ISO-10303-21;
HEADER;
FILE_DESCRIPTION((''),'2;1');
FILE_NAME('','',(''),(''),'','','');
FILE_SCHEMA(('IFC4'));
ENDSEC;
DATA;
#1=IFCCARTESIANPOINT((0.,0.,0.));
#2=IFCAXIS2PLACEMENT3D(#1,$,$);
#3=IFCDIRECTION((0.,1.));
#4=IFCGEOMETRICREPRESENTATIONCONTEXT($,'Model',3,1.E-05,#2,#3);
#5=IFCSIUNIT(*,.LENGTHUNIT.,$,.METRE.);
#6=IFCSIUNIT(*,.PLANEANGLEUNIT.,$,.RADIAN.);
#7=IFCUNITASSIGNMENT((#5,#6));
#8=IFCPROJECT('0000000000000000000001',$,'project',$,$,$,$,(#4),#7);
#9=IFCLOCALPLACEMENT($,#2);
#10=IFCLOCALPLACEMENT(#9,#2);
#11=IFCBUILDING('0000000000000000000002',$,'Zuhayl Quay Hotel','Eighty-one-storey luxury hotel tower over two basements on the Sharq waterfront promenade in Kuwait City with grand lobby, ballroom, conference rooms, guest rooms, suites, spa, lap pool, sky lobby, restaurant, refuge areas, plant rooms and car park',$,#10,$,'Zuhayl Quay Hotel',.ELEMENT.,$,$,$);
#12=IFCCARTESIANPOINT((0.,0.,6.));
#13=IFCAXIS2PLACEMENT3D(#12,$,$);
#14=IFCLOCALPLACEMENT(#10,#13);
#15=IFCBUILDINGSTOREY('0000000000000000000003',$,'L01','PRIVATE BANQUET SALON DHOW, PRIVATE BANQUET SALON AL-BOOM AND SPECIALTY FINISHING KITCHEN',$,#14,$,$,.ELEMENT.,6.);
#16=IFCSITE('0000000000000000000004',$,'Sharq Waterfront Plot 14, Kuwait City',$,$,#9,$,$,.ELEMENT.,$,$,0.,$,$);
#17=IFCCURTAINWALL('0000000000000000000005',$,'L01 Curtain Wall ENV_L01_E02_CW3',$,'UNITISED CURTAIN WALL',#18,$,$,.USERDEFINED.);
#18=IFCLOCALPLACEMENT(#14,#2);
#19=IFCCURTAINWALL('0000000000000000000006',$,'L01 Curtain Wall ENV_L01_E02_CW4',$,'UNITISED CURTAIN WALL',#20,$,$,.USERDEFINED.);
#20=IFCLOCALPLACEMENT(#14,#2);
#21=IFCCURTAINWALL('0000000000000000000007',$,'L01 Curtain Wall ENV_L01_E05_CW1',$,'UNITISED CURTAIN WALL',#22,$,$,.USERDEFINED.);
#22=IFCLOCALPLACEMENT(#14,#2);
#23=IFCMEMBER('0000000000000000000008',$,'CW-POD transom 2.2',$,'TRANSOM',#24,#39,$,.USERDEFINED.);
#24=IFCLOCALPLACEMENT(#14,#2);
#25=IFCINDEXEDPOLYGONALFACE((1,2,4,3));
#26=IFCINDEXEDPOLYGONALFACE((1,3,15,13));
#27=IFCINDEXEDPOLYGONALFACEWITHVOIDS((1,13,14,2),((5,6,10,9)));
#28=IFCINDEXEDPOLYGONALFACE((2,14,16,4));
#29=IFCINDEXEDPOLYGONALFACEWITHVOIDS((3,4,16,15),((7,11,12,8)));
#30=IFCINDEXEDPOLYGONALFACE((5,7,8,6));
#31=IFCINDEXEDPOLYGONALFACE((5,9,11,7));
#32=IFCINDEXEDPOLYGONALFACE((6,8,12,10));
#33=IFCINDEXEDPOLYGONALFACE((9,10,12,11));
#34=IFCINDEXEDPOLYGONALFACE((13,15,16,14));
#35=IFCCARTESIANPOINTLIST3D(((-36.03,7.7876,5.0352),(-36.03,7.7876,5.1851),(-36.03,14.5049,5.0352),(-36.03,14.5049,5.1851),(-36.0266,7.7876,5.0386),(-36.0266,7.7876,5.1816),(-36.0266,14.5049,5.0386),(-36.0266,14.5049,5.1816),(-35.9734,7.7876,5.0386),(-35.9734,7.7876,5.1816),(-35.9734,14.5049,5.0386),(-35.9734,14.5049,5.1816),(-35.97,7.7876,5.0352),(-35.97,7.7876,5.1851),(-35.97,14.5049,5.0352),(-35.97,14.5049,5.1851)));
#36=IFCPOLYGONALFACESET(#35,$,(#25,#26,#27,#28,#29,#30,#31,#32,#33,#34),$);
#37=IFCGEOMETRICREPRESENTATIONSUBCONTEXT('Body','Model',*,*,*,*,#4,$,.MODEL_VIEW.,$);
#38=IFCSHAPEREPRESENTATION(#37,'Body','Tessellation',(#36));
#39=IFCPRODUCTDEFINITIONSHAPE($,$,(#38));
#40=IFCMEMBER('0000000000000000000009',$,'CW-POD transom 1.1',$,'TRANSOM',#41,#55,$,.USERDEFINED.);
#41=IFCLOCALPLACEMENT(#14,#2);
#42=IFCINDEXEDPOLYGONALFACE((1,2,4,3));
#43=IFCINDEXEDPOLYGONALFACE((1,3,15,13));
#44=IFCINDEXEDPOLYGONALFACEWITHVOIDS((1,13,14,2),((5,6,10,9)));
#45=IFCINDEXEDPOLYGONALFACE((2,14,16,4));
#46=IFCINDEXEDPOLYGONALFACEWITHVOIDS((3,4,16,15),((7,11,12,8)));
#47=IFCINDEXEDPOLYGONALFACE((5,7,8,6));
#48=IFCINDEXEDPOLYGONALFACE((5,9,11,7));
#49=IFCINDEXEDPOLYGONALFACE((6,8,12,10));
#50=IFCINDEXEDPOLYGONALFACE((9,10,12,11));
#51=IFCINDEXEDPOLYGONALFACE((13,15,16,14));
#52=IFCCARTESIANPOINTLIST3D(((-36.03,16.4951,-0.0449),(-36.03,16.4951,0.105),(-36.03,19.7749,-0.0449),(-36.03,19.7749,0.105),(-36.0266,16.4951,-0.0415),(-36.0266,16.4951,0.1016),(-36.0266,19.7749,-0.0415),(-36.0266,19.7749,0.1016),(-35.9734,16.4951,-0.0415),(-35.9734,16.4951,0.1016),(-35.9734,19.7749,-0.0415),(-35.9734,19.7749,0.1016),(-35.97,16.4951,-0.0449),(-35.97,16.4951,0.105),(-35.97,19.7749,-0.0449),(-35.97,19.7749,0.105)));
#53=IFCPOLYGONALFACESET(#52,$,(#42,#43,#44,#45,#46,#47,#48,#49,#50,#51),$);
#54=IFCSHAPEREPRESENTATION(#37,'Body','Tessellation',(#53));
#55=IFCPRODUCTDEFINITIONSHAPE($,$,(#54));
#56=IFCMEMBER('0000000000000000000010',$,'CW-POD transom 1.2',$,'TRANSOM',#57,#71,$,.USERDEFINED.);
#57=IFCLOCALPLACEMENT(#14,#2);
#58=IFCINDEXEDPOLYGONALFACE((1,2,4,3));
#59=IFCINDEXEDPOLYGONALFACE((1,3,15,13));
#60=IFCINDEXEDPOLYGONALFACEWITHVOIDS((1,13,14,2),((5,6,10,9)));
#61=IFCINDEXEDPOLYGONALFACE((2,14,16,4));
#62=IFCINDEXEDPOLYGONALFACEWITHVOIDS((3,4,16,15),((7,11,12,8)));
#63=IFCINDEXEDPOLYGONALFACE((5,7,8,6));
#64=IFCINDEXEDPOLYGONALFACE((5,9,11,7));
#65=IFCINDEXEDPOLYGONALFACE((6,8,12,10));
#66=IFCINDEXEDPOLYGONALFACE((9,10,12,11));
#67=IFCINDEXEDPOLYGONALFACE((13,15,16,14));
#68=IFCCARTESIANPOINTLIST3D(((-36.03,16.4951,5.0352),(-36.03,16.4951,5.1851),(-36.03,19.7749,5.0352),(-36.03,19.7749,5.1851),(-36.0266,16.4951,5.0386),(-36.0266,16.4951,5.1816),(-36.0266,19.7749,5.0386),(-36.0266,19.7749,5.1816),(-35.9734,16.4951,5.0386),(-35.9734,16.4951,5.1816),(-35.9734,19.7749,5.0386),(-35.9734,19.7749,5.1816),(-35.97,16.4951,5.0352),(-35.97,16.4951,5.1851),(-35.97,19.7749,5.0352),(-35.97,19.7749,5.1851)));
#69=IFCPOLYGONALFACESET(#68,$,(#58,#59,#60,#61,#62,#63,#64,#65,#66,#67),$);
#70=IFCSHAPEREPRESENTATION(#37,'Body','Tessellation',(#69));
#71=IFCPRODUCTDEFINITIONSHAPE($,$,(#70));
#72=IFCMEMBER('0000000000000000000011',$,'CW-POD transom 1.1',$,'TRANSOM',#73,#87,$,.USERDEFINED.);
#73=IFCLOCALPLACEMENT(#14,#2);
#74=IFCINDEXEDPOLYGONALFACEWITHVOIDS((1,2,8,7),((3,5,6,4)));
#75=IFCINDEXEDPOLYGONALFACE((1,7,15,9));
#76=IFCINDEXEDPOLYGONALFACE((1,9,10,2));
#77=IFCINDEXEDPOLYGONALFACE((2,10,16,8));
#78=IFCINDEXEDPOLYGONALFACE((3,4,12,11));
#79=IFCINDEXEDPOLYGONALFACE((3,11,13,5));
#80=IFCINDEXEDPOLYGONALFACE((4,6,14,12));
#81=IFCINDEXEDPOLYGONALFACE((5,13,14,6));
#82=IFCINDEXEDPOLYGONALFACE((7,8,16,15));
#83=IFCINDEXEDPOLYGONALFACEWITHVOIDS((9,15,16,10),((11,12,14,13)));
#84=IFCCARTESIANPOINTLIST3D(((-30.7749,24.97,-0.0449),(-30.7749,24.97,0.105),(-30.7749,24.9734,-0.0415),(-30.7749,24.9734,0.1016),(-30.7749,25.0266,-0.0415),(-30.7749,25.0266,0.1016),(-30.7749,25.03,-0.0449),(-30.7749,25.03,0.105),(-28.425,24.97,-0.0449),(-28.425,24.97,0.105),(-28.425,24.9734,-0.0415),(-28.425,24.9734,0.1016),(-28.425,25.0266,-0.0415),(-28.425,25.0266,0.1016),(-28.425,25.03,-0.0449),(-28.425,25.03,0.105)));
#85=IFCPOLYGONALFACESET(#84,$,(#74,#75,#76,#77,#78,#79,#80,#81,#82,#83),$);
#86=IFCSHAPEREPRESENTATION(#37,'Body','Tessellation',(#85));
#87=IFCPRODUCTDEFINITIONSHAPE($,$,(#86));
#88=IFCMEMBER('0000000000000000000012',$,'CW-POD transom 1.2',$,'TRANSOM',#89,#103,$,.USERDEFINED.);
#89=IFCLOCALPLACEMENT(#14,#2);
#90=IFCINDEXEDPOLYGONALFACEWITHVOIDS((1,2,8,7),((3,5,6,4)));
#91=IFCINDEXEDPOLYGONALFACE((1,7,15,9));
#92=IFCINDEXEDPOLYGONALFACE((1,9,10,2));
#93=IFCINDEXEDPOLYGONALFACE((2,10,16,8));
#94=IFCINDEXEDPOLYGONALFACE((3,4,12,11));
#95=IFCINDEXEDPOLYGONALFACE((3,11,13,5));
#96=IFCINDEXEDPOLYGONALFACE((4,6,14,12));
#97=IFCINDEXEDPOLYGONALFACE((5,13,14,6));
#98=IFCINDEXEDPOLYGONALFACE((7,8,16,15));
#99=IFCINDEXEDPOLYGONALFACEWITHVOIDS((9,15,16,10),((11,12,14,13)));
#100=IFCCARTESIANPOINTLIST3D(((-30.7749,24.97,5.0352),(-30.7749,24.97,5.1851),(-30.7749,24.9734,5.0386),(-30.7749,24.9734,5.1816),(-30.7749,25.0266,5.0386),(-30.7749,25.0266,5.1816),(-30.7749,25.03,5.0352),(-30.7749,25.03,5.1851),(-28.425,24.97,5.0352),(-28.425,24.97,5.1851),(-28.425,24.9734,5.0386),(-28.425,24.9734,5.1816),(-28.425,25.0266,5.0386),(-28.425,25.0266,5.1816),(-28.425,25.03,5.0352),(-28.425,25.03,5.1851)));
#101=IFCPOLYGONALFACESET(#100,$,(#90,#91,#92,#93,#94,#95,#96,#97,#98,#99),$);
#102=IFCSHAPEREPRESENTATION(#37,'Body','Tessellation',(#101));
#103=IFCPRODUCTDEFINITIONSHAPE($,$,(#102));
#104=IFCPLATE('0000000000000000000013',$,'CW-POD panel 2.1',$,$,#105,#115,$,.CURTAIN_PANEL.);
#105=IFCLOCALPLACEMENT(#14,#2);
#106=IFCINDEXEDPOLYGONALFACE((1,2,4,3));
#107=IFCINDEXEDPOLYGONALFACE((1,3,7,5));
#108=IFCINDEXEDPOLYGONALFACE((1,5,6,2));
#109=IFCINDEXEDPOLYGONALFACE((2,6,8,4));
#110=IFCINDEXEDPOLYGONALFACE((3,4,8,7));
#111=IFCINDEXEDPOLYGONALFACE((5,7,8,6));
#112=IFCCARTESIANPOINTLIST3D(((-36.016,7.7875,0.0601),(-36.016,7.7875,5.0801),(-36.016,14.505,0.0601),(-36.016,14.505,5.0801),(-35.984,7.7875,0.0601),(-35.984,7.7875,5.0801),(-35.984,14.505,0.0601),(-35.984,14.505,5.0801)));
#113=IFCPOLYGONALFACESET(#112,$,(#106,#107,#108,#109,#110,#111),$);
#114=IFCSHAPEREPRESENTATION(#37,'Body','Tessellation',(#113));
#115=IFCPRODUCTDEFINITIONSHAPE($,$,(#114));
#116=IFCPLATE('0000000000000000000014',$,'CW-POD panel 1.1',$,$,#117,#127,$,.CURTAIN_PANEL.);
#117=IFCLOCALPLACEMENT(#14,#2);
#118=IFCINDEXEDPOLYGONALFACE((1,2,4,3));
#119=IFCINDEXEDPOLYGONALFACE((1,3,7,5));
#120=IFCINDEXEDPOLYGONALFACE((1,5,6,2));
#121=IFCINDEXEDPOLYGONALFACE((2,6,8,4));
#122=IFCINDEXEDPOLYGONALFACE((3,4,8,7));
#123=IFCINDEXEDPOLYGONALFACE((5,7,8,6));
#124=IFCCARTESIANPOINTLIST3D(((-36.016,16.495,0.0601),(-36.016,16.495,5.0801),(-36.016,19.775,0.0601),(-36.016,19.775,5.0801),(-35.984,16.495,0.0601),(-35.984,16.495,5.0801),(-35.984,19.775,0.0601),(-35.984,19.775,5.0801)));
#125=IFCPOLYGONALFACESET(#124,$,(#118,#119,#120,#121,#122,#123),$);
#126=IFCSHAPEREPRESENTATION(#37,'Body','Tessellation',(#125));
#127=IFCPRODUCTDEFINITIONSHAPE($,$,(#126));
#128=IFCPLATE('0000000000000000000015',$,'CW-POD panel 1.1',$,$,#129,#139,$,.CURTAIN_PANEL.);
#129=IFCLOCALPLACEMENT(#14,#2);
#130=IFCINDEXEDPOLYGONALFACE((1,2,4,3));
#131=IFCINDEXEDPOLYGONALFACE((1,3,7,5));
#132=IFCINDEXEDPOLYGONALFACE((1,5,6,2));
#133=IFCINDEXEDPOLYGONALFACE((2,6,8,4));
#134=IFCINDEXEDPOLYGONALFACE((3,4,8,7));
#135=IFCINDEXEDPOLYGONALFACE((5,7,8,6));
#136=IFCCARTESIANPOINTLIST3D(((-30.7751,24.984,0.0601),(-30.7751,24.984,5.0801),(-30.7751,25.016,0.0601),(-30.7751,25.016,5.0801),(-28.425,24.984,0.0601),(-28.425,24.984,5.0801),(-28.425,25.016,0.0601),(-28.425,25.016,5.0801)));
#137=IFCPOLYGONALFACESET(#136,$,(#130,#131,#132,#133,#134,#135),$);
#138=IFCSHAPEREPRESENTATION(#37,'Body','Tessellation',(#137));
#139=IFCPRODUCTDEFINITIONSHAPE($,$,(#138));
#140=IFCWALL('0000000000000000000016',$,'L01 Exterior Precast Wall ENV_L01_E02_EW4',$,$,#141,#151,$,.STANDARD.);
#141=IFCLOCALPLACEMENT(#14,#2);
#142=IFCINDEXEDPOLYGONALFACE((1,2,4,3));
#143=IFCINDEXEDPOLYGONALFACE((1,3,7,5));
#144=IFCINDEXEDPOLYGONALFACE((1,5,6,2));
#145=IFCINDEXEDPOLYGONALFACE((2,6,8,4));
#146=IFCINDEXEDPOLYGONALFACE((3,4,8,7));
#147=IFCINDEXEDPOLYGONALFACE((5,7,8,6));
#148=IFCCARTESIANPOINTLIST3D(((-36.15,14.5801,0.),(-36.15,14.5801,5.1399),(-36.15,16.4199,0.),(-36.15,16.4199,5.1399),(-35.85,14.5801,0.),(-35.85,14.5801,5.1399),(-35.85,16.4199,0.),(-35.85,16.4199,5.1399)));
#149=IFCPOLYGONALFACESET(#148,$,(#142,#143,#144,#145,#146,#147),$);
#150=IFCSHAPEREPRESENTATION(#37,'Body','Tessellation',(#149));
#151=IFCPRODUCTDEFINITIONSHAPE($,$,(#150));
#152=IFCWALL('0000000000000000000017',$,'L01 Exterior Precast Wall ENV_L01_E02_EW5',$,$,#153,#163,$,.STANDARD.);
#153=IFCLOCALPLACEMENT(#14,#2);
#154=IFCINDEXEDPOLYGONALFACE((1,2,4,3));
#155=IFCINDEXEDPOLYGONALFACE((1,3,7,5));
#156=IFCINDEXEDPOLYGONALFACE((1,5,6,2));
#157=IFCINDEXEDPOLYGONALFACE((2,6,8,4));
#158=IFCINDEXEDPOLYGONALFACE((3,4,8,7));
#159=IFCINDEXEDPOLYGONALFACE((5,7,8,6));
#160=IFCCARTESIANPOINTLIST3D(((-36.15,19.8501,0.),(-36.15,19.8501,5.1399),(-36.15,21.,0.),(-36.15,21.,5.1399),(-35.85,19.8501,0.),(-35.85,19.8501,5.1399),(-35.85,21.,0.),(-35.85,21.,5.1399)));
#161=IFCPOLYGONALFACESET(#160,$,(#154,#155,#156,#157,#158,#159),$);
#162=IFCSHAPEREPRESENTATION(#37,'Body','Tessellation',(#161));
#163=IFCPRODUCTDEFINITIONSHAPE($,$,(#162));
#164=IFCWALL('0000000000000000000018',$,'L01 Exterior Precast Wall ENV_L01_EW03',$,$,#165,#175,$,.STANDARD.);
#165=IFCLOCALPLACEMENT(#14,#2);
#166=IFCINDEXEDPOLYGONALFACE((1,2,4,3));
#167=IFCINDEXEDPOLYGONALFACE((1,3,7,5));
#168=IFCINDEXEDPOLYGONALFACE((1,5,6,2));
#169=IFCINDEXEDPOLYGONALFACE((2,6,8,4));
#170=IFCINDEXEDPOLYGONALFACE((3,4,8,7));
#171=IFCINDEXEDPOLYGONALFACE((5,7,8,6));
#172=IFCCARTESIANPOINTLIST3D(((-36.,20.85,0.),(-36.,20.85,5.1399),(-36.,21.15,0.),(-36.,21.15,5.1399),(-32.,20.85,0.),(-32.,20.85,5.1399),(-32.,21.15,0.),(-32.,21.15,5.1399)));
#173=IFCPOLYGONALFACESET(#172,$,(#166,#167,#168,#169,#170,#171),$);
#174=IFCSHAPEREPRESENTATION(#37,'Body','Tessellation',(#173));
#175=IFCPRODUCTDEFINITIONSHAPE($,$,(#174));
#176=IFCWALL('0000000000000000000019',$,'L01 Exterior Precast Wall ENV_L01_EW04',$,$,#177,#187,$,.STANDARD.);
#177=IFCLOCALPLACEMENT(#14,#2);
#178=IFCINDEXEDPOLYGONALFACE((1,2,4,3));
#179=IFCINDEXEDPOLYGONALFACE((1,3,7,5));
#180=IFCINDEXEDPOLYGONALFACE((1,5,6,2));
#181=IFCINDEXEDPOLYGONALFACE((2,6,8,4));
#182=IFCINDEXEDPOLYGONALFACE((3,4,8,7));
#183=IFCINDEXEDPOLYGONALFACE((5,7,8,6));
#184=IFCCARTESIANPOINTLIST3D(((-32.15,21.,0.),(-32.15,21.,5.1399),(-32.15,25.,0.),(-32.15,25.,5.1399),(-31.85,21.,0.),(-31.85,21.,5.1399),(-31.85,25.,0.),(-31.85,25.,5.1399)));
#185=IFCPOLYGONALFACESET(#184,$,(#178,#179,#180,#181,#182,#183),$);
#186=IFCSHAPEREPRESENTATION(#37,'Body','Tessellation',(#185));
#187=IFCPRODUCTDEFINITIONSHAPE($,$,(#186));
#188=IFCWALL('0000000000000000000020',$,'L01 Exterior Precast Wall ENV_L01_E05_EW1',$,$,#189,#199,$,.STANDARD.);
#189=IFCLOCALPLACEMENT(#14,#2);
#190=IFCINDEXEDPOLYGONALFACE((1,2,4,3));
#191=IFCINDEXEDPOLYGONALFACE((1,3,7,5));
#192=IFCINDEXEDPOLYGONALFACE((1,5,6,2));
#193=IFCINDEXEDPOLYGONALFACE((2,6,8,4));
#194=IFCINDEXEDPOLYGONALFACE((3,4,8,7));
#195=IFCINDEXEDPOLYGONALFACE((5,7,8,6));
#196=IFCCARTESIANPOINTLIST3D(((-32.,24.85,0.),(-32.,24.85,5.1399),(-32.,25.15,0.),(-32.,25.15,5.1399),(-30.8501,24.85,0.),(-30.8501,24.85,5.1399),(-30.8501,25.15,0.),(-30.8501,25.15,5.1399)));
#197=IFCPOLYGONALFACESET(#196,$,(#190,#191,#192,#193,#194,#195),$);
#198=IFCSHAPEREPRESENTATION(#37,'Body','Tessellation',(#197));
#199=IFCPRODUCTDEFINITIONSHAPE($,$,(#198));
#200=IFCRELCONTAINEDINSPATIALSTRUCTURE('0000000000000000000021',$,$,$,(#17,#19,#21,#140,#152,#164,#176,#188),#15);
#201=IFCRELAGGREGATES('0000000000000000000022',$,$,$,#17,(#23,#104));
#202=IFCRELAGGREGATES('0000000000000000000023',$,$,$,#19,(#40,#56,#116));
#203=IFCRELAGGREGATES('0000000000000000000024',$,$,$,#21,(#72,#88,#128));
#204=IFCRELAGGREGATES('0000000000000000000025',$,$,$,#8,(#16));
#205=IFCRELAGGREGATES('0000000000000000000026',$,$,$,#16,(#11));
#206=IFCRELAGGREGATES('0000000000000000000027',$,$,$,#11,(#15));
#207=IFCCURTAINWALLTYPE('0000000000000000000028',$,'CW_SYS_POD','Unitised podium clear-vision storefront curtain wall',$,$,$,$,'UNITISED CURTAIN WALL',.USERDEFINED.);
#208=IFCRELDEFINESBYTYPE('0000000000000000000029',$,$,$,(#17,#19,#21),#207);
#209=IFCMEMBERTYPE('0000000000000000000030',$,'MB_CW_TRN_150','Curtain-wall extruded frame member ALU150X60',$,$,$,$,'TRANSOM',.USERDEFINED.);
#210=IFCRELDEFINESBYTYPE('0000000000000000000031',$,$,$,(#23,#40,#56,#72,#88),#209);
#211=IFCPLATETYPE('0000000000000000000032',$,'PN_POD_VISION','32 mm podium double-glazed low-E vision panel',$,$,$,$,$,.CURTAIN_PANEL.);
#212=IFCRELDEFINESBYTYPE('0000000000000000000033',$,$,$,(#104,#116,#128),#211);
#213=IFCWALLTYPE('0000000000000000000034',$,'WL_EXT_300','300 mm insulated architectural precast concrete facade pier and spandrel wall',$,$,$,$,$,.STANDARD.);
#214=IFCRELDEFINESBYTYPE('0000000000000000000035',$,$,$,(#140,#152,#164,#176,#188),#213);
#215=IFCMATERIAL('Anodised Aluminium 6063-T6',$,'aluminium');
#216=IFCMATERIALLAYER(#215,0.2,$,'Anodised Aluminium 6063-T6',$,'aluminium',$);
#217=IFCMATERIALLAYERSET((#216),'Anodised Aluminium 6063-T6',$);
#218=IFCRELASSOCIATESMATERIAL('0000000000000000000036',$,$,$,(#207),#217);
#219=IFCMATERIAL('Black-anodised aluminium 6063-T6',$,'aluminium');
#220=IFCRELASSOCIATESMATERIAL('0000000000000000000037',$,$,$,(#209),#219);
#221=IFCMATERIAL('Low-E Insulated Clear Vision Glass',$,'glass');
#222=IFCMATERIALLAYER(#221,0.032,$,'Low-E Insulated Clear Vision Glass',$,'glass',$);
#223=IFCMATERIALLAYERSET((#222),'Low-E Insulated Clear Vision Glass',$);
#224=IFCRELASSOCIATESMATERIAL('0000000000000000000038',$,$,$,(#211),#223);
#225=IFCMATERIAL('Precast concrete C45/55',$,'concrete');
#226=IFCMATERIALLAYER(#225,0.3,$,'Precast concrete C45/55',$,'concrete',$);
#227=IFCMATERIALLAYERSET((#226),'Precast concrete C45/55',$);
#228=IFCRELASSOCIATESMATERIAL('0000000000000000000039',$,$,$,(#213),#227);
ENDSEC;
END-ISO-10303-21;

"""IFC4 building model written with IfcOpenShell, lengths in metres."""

from ifc_helpers import new_model, si_unit, direction, frame, frame_2d, origin, origin_2d, place, context, subcontext, project, spatial, rectangle, hollow_rectangle, extrude, material, layer, layer_set, material_profile, profile_set, type_object, element, aggregate, save


model = new_model("IFC4")

# Units and contexts
model_context = context("Model", 3, precision=1e-05, world=origin(), true_north=direction((0.0, 1.0)))
body_context = subcontext(model_context, "Body", "Model", "MODEL_VIEW")
ifc_project = project(units=[si_unit("LENGTHUNIT", "METRE"), si_unit("PLANEANGLEUNIT", "RADIAN")], contexts=[model_context])

# Site, building, storey
site_placement = place(None, origin())
site = spatial("IfcSite", under=ifc_project, at=site_placement, Name="Sharq Waterfront Plot 14, Kuwait City", CompositionType="ELEMENT", RefElevation=0.0)
building_placement = place(site_placement, origin())
building = spatial("IfcBuilding", under=site, at=building_placement, Name="Zuhayl Quay Hotel", Description="Eighty-one-storey luxury hotel tower over two basements on the Sharq waterfront promenade in Kuwait City with grand lobby, ballroom, conference rooms, guest rooms, suites, spa, lap pool, sky lobby, restaurant, refuge areas, plant rooms and car park", LongName="Zuhayl Quay Hotel", CompositionType="ELEMENT")
storey_placement = place(building_placement, frame((0.0, 0.0, 6.0)))
storey = spatial("IfcBuildingStorey", under=building, at=storey_placement, Name="L01", Description="PRIVATE BANQUET SALON DHOW, PRIVATE BANQUET SALON AL-BOOM AND SPECIALTY FINISHING KITCHEN", CompositionType="ELEMENT", Elevation=6.0)

# Curtain walls
ifc_material_1 = material(Name="Anodised Aluminium 6063-T6", Category="aluminium")
ifc_layer_1 = layer(ifc_material_1, 0.2, Name="Anodised Aluminium 6063-T6", Category="aluminium")
ifc_layer_set_1 = layer_set([ifc_layer_1], Name="Anodised Aluminium 6063-T6")
curtain_wall_type = type_object("IfcCurtainWallType", Name="CW_SYS_POD", Description="Unitised podium clear-vision storefront curtain wall", ElementType="UNITISED CURTAIN WALL", PredefinedType="USERDEFINED", material=ifc_layer_set_1)
curtain_wall_1_placement = place(storey_placement, origin())
curtain_wall_1 = element("IfcCurtainWall", 1, at=curtain_wall_1_placement, inside=storey, type_object=curtain_wall_type, Name="L01 Curtain Wall ENV_L01_E02_CW3", ObjectType="UNITISED CURTAIN WALL", PredefinedType="USERDEFINED")
ifc_material_2 = material(Name="Black-anodised aluminium 6063-T6", Category="aluminium")
curtain_wall_2_placement = place(storey_placement, origin())
curtain_wall_2 = element("IfcCurtainWall", 2, at=curtain_wall_2_placement, inside=storey, type_object=curtain_wall_type, Name="L01 Curtain Wall ENV_L01_E02_CW4", ObjectType="UNITISED CURTAIN WALL", PredefinedType="USERDEFINED")

# Curtain wall
curtain_wall_3_placement = place(storey_placement, origin())
curtain_wall_3 = element("IfcCurtainWall", 3, at=curtain_wall_3_placement, inside=storey, type_object=curtain_wall_type, Name="L01 Curtain Wall ENV_L01_E05_CW1", ObjectType="UNITISED CURTAIN WALL", PredefinedType="USERDEFINED")

# Members
ifc_material_profile_1 = material_profile(ifc_material_2, hollow_rectangle(XDim=0.0601, YDim=0.1499, WallThickness=0.0034, at=origin_2d()), Name="ALU150X60")
ifc_profile_set_1 = profile_set([ifc_material_profile_1], Name="Black-anodised aluminium 6063-T6")
member_type_1 = type_object("IfcMemberType", Name="MB_CW_TRN_150", Description="Curtain-wall extruded frame member ALU150X60", ElementType="TRANSOM", PredefinedType="USERDEFINED", material=ifc_profile_set_1)
member_1_placement = place(storey_placement, frame((-36.0, 7.7876, 5.1101), z_axis=(0.0, 1.0, 0.0), x_axis=(-1.0, 0.0, 0.0)))
member_1 = element("IfcMember", 4, at=member_1_placement, type_object=member_type_1, Name="CW-POD transom 2.2", ObjectType="TRANSOM", PredefinedType="USERDEFINED", context=body_context, shape_type="SweptSolid", body=[
    extrude(hollow_rectangle(XDim=0.0601, YDim=0.1499, WallThickness=0.0034, at=origin_2d()), origin(), (0.0, 0.0, 1.0), 6.7173),
])
member_2_placement = place(storey_placement, frame((-36.0, 16.4951, 0.03), z_axis=(0.0, 1.0, 0.0), x_axis=(-1.0, 0.0, 0.0)))
member_2 = element("IfcMember", 5, at=member_2_placement, type_object=member_type_1, Name="CW-POD transom 1.1", ObjectType="TRANSOM", PredefinedType="USERDEFINED", context=body_context, shape_type="SweptSolid", body=[
    extrude(hollow_rectangle(XDim=0.0601, YDim=0.1499, WallThickness=0.0034, at=origin_2d()), origin(), (0.0, 0.0, 1.0), 3.2798),
])
member_3_placement = place(storey_placement, frame((-36.0, 16.4951, 5.1101), z_axis=(0.0, 1.0, 0.0), x_axis=(-1.0, 0.0, 0.0)))
member_3 = element("IfcMember", 6, at=member_3_placement, type_object=member_type_1, Name="CW-POD transom 1.2", ObjectType="TRANSOM", PredefinedType="USERDEFINED", context=body_context, shape_type="SweptSolid", body=[
    extrude(hollow_rectangle(XDim=0.0601, YDim=0.1499, WallThickness=0.0034, at=origin_2d()), origin(), (0.0, 0.0, 1.0), 3.2798),
])
member_4_placement = place(storey_placement, frame((-30.7749, 25.0, 0.03), z_axis=(1.0, 0.0, 0.0), x_axis=(0.0, 1.0, 0.0)))
member_4 = element("IfcMember", 7, at=member_4_placement, type_object=member_type_1, Name="CW-POD transom 1.1", ObjectType="TRANSOM", PredefinedType="USERDEFINED", context=body_context, shape_type="SweptSolid", body=[
    extrude(hollow_rectangle(XDim=0.0601, YDim=0.1499, WallThickness=0.0034, at=origin_2d()), origin(), (0.0, 0.0, 1.0), 2.3499),
])
member_5_placement = place(storey_placement, frame((-30.7749, 25.0, 5.1101), z_axis=(1.0, 0.0, 0.0), x_axis=(0.0, 1.0, 0.0)))
member_5 = element("IfcMember", 8, at=member_5_placement, type_object=member_type_1, Name="CW-POD transom 1.2", ObjectType="TRANSOM", PredefinedType="USERDEFINED", context=body_context, shape_type="SweptSolid", body=[
    extrude(hollow_rectangle(XDim=0.0601, YDim=0.1499, WallThickness=0.0034, at=origin_2d()), origin(), (0.0, 0.0, 1.0), 2.3499),
])

# Plates
ifc_material_3 = material(Name="Low-E Insulated Clear Vision Glass", Category="glass")
ifc_layer_2 = layer(ifc_material_3, 0.032, Name="Low-E Insulated Clear Vision Glass", Category="glass")
ifc_layer_set_2 = layer_set([ifc_layer_2], Name="Low-E Insulated Clear Vision Glass")
plate_type = type_object("IfcPlateType", Name="PN_POD_VISION", Description="32 mm podium double-glazed low-E vision panel", PredefinedType="CURTAIN_PANEL", material=ifc_layer_set_2)
plate_1_placement = place(storey_placement, frame((-36.0, 11.1462, 0.0601), z_axis=(0.0, 0.0, 1.0), x_axis=(0.0, 1.0, 0.0)))
plate_1 = element("IfcPlate", 9, at=plate_1_placement, type_object=plate_type, Name="CW-POD panel 2.1", PredefinedType="CURTAIN_PANEL", context=body_context, shape_type="SweptSolid", body=[
    extrude(rectangle(XDim=6.7175, YDim=0.032, at=origin_2d()), origin(), (0.0, 0.0, 1.0), 5.02),
])
aggregate(curtain_wall_1, [member_1, plate_1])
plate_2_placement = place(storey_placement, frame((-36.0, 18.135, 0.0601), z_axis=(0.0, 0.0, 1.0), x_axis=(0.0, 1.0, 0.0)))
plate_2 = element("IfcPlate", 10, at=plate_2_placement, type_object=plate_type, Name="CW-POD panel 1.1", PredefinedType="CURTAIN_PANEL", context=body_context, shape_type="SweptSolid", body=[
    extrude(rectangle(XDim=3.28, YDim=0.032, at=origin_2d()), origin(), (0.0, 0.0, 1.0), 5.02),
])
aggregate(curtain_wall_2, [member_2, member_3, plate_2])
plate_3_placement = place(storey_placement, frame((-29.6001, 25.0, 0.0601), z_axis=(0.0, 0.0, 1.0), x_axis=(1.0, 0.0, 0.0)))
plate_3 = element("IfcPlate", 11, at=plate_3_placement, type_object=plate_type, Name="CW-POD panel 1.1", PredefinedType="CURTAIN_PANEL", context=body_context, shape_type="SweptSolid", body=[
    extrude(rectangle(XDim=2.3501, YDim=0.032, at=origin_2d()), origin(), (0.0, 0.0, 1.0), 5.02),
])
aggregate(curtain_wall_3, [member_4, member_5, plate_3])

# Walls
ifc_material_4 = material(Name="Precast concrete C45/55", Category="concrete")
ifc_layer_3 = layer(ifc_material_4, 0.3, Name="Precast concrete C45/55", Category="concrete")
ifc_layer_set_3 = layer_set([ifc_layer_3], Name="Precast concrete C45/55")
wall_type = type_object("IfcWallType", Name="WL_EXT_300", Description="300 mm insulated architectural precast concrete facade pier and spandrel wall", PredefinedType="STANDARD", material=ifc_layer_set_3)
wall_1_placement = place(storey_placement, frame((-36.0, 14.5801, 0.0), z_axis=(0.0, 0.0, 1.0), x_axis=(0.0, 1.0, 0.0)))
element("IfcWall", 12, at=wall_1_placement, inside=storey, type_object=wall_type, Name="L01 Exterior Precast Wall ENV_L01_E02_EW4", PredefinedType="STANDARD", context=body_context, shape_type="SweptSolid", body=[
    extrude(rectangle(XDim=1.8398, YDim=0.3, at=frame_2d((0.9199, 0.0))), origin(), (0.0, 0.0, 1.0), 5.1399),
])
wall_2_placement = place(storey_placement, frame((-36.0, 19.8501, 0.0), z_axis=(0.0, 0.0, 1.0), x_axis=(0.0, 1.0, 0.0)))
element("IfcWall", 13, at=wall_2_placement, inside=storey, type_object=wall_type, Name="L01 Exterior Precast Wall ENV_L01_E02_EW5", PredefinedType="STANDARD", context=body_context, shape_type="SweptSolid", body=[
    extrude(rectangle(XDim=1.1499, YDim=0.3, at=frame_2d((0.575, 0.0))), origin(), (0.0, 0.0, 1.0), 5.1399),
])
for number, where, z_axis, x_axis, name in (
    (14, (-36.0, 21.0, 0.0), (0.0, 0.0, 1.0), (1.0, 0.0, 0.0), "L01 Exterior Precast Wall ENV_L01_EW03"),
    (15, (-32.0, 21.0, 0.0), (0.0, 0.0, 1.0), (0.0, 1.0, 0.0), "L01 Exterior Precast Wall ENV_L01_EW04"),
):
    element("IfcWall", number, at=place(storey_placement, frame(where, z_axis=z_axis, x_axis=x_axis)), inside=storey, type_object=wall_type, Name=name, PredefinedType="STANDARD", context=body_context, shape_type="SweptSolid", body=[
        extrude(rectangle(XDim=4.0, YDim=0.3, at=frame_2d((2.0, 0.0))), origin(), (0.0, 0.0, 1.0), 5.1399),
    ])
wall_3_placement = place(storey_placement, frame((-32.0, 25.0, 0.0), z_axis=(0.0, 0.0, 1.0), x_axis=(1.0, 0.0, 0.0)))
element("IfcWall", 16, at=wall_3_placement, inside=storey, type_object=wall_type, Name="L01 Exterior Precast Wall ENV_L01_E05_EW1", PredefinedType="STANDARD", context=body_context, shape_type="SweptSolid", body=[
    extrude(rectangle(XDim=1.1499, YDim=0.3, at=frame_2d((0.575, 0.0))), origin(), (0.0, 0.0, 1.0), 5.1399),
])

save(model, "model.ifc")
